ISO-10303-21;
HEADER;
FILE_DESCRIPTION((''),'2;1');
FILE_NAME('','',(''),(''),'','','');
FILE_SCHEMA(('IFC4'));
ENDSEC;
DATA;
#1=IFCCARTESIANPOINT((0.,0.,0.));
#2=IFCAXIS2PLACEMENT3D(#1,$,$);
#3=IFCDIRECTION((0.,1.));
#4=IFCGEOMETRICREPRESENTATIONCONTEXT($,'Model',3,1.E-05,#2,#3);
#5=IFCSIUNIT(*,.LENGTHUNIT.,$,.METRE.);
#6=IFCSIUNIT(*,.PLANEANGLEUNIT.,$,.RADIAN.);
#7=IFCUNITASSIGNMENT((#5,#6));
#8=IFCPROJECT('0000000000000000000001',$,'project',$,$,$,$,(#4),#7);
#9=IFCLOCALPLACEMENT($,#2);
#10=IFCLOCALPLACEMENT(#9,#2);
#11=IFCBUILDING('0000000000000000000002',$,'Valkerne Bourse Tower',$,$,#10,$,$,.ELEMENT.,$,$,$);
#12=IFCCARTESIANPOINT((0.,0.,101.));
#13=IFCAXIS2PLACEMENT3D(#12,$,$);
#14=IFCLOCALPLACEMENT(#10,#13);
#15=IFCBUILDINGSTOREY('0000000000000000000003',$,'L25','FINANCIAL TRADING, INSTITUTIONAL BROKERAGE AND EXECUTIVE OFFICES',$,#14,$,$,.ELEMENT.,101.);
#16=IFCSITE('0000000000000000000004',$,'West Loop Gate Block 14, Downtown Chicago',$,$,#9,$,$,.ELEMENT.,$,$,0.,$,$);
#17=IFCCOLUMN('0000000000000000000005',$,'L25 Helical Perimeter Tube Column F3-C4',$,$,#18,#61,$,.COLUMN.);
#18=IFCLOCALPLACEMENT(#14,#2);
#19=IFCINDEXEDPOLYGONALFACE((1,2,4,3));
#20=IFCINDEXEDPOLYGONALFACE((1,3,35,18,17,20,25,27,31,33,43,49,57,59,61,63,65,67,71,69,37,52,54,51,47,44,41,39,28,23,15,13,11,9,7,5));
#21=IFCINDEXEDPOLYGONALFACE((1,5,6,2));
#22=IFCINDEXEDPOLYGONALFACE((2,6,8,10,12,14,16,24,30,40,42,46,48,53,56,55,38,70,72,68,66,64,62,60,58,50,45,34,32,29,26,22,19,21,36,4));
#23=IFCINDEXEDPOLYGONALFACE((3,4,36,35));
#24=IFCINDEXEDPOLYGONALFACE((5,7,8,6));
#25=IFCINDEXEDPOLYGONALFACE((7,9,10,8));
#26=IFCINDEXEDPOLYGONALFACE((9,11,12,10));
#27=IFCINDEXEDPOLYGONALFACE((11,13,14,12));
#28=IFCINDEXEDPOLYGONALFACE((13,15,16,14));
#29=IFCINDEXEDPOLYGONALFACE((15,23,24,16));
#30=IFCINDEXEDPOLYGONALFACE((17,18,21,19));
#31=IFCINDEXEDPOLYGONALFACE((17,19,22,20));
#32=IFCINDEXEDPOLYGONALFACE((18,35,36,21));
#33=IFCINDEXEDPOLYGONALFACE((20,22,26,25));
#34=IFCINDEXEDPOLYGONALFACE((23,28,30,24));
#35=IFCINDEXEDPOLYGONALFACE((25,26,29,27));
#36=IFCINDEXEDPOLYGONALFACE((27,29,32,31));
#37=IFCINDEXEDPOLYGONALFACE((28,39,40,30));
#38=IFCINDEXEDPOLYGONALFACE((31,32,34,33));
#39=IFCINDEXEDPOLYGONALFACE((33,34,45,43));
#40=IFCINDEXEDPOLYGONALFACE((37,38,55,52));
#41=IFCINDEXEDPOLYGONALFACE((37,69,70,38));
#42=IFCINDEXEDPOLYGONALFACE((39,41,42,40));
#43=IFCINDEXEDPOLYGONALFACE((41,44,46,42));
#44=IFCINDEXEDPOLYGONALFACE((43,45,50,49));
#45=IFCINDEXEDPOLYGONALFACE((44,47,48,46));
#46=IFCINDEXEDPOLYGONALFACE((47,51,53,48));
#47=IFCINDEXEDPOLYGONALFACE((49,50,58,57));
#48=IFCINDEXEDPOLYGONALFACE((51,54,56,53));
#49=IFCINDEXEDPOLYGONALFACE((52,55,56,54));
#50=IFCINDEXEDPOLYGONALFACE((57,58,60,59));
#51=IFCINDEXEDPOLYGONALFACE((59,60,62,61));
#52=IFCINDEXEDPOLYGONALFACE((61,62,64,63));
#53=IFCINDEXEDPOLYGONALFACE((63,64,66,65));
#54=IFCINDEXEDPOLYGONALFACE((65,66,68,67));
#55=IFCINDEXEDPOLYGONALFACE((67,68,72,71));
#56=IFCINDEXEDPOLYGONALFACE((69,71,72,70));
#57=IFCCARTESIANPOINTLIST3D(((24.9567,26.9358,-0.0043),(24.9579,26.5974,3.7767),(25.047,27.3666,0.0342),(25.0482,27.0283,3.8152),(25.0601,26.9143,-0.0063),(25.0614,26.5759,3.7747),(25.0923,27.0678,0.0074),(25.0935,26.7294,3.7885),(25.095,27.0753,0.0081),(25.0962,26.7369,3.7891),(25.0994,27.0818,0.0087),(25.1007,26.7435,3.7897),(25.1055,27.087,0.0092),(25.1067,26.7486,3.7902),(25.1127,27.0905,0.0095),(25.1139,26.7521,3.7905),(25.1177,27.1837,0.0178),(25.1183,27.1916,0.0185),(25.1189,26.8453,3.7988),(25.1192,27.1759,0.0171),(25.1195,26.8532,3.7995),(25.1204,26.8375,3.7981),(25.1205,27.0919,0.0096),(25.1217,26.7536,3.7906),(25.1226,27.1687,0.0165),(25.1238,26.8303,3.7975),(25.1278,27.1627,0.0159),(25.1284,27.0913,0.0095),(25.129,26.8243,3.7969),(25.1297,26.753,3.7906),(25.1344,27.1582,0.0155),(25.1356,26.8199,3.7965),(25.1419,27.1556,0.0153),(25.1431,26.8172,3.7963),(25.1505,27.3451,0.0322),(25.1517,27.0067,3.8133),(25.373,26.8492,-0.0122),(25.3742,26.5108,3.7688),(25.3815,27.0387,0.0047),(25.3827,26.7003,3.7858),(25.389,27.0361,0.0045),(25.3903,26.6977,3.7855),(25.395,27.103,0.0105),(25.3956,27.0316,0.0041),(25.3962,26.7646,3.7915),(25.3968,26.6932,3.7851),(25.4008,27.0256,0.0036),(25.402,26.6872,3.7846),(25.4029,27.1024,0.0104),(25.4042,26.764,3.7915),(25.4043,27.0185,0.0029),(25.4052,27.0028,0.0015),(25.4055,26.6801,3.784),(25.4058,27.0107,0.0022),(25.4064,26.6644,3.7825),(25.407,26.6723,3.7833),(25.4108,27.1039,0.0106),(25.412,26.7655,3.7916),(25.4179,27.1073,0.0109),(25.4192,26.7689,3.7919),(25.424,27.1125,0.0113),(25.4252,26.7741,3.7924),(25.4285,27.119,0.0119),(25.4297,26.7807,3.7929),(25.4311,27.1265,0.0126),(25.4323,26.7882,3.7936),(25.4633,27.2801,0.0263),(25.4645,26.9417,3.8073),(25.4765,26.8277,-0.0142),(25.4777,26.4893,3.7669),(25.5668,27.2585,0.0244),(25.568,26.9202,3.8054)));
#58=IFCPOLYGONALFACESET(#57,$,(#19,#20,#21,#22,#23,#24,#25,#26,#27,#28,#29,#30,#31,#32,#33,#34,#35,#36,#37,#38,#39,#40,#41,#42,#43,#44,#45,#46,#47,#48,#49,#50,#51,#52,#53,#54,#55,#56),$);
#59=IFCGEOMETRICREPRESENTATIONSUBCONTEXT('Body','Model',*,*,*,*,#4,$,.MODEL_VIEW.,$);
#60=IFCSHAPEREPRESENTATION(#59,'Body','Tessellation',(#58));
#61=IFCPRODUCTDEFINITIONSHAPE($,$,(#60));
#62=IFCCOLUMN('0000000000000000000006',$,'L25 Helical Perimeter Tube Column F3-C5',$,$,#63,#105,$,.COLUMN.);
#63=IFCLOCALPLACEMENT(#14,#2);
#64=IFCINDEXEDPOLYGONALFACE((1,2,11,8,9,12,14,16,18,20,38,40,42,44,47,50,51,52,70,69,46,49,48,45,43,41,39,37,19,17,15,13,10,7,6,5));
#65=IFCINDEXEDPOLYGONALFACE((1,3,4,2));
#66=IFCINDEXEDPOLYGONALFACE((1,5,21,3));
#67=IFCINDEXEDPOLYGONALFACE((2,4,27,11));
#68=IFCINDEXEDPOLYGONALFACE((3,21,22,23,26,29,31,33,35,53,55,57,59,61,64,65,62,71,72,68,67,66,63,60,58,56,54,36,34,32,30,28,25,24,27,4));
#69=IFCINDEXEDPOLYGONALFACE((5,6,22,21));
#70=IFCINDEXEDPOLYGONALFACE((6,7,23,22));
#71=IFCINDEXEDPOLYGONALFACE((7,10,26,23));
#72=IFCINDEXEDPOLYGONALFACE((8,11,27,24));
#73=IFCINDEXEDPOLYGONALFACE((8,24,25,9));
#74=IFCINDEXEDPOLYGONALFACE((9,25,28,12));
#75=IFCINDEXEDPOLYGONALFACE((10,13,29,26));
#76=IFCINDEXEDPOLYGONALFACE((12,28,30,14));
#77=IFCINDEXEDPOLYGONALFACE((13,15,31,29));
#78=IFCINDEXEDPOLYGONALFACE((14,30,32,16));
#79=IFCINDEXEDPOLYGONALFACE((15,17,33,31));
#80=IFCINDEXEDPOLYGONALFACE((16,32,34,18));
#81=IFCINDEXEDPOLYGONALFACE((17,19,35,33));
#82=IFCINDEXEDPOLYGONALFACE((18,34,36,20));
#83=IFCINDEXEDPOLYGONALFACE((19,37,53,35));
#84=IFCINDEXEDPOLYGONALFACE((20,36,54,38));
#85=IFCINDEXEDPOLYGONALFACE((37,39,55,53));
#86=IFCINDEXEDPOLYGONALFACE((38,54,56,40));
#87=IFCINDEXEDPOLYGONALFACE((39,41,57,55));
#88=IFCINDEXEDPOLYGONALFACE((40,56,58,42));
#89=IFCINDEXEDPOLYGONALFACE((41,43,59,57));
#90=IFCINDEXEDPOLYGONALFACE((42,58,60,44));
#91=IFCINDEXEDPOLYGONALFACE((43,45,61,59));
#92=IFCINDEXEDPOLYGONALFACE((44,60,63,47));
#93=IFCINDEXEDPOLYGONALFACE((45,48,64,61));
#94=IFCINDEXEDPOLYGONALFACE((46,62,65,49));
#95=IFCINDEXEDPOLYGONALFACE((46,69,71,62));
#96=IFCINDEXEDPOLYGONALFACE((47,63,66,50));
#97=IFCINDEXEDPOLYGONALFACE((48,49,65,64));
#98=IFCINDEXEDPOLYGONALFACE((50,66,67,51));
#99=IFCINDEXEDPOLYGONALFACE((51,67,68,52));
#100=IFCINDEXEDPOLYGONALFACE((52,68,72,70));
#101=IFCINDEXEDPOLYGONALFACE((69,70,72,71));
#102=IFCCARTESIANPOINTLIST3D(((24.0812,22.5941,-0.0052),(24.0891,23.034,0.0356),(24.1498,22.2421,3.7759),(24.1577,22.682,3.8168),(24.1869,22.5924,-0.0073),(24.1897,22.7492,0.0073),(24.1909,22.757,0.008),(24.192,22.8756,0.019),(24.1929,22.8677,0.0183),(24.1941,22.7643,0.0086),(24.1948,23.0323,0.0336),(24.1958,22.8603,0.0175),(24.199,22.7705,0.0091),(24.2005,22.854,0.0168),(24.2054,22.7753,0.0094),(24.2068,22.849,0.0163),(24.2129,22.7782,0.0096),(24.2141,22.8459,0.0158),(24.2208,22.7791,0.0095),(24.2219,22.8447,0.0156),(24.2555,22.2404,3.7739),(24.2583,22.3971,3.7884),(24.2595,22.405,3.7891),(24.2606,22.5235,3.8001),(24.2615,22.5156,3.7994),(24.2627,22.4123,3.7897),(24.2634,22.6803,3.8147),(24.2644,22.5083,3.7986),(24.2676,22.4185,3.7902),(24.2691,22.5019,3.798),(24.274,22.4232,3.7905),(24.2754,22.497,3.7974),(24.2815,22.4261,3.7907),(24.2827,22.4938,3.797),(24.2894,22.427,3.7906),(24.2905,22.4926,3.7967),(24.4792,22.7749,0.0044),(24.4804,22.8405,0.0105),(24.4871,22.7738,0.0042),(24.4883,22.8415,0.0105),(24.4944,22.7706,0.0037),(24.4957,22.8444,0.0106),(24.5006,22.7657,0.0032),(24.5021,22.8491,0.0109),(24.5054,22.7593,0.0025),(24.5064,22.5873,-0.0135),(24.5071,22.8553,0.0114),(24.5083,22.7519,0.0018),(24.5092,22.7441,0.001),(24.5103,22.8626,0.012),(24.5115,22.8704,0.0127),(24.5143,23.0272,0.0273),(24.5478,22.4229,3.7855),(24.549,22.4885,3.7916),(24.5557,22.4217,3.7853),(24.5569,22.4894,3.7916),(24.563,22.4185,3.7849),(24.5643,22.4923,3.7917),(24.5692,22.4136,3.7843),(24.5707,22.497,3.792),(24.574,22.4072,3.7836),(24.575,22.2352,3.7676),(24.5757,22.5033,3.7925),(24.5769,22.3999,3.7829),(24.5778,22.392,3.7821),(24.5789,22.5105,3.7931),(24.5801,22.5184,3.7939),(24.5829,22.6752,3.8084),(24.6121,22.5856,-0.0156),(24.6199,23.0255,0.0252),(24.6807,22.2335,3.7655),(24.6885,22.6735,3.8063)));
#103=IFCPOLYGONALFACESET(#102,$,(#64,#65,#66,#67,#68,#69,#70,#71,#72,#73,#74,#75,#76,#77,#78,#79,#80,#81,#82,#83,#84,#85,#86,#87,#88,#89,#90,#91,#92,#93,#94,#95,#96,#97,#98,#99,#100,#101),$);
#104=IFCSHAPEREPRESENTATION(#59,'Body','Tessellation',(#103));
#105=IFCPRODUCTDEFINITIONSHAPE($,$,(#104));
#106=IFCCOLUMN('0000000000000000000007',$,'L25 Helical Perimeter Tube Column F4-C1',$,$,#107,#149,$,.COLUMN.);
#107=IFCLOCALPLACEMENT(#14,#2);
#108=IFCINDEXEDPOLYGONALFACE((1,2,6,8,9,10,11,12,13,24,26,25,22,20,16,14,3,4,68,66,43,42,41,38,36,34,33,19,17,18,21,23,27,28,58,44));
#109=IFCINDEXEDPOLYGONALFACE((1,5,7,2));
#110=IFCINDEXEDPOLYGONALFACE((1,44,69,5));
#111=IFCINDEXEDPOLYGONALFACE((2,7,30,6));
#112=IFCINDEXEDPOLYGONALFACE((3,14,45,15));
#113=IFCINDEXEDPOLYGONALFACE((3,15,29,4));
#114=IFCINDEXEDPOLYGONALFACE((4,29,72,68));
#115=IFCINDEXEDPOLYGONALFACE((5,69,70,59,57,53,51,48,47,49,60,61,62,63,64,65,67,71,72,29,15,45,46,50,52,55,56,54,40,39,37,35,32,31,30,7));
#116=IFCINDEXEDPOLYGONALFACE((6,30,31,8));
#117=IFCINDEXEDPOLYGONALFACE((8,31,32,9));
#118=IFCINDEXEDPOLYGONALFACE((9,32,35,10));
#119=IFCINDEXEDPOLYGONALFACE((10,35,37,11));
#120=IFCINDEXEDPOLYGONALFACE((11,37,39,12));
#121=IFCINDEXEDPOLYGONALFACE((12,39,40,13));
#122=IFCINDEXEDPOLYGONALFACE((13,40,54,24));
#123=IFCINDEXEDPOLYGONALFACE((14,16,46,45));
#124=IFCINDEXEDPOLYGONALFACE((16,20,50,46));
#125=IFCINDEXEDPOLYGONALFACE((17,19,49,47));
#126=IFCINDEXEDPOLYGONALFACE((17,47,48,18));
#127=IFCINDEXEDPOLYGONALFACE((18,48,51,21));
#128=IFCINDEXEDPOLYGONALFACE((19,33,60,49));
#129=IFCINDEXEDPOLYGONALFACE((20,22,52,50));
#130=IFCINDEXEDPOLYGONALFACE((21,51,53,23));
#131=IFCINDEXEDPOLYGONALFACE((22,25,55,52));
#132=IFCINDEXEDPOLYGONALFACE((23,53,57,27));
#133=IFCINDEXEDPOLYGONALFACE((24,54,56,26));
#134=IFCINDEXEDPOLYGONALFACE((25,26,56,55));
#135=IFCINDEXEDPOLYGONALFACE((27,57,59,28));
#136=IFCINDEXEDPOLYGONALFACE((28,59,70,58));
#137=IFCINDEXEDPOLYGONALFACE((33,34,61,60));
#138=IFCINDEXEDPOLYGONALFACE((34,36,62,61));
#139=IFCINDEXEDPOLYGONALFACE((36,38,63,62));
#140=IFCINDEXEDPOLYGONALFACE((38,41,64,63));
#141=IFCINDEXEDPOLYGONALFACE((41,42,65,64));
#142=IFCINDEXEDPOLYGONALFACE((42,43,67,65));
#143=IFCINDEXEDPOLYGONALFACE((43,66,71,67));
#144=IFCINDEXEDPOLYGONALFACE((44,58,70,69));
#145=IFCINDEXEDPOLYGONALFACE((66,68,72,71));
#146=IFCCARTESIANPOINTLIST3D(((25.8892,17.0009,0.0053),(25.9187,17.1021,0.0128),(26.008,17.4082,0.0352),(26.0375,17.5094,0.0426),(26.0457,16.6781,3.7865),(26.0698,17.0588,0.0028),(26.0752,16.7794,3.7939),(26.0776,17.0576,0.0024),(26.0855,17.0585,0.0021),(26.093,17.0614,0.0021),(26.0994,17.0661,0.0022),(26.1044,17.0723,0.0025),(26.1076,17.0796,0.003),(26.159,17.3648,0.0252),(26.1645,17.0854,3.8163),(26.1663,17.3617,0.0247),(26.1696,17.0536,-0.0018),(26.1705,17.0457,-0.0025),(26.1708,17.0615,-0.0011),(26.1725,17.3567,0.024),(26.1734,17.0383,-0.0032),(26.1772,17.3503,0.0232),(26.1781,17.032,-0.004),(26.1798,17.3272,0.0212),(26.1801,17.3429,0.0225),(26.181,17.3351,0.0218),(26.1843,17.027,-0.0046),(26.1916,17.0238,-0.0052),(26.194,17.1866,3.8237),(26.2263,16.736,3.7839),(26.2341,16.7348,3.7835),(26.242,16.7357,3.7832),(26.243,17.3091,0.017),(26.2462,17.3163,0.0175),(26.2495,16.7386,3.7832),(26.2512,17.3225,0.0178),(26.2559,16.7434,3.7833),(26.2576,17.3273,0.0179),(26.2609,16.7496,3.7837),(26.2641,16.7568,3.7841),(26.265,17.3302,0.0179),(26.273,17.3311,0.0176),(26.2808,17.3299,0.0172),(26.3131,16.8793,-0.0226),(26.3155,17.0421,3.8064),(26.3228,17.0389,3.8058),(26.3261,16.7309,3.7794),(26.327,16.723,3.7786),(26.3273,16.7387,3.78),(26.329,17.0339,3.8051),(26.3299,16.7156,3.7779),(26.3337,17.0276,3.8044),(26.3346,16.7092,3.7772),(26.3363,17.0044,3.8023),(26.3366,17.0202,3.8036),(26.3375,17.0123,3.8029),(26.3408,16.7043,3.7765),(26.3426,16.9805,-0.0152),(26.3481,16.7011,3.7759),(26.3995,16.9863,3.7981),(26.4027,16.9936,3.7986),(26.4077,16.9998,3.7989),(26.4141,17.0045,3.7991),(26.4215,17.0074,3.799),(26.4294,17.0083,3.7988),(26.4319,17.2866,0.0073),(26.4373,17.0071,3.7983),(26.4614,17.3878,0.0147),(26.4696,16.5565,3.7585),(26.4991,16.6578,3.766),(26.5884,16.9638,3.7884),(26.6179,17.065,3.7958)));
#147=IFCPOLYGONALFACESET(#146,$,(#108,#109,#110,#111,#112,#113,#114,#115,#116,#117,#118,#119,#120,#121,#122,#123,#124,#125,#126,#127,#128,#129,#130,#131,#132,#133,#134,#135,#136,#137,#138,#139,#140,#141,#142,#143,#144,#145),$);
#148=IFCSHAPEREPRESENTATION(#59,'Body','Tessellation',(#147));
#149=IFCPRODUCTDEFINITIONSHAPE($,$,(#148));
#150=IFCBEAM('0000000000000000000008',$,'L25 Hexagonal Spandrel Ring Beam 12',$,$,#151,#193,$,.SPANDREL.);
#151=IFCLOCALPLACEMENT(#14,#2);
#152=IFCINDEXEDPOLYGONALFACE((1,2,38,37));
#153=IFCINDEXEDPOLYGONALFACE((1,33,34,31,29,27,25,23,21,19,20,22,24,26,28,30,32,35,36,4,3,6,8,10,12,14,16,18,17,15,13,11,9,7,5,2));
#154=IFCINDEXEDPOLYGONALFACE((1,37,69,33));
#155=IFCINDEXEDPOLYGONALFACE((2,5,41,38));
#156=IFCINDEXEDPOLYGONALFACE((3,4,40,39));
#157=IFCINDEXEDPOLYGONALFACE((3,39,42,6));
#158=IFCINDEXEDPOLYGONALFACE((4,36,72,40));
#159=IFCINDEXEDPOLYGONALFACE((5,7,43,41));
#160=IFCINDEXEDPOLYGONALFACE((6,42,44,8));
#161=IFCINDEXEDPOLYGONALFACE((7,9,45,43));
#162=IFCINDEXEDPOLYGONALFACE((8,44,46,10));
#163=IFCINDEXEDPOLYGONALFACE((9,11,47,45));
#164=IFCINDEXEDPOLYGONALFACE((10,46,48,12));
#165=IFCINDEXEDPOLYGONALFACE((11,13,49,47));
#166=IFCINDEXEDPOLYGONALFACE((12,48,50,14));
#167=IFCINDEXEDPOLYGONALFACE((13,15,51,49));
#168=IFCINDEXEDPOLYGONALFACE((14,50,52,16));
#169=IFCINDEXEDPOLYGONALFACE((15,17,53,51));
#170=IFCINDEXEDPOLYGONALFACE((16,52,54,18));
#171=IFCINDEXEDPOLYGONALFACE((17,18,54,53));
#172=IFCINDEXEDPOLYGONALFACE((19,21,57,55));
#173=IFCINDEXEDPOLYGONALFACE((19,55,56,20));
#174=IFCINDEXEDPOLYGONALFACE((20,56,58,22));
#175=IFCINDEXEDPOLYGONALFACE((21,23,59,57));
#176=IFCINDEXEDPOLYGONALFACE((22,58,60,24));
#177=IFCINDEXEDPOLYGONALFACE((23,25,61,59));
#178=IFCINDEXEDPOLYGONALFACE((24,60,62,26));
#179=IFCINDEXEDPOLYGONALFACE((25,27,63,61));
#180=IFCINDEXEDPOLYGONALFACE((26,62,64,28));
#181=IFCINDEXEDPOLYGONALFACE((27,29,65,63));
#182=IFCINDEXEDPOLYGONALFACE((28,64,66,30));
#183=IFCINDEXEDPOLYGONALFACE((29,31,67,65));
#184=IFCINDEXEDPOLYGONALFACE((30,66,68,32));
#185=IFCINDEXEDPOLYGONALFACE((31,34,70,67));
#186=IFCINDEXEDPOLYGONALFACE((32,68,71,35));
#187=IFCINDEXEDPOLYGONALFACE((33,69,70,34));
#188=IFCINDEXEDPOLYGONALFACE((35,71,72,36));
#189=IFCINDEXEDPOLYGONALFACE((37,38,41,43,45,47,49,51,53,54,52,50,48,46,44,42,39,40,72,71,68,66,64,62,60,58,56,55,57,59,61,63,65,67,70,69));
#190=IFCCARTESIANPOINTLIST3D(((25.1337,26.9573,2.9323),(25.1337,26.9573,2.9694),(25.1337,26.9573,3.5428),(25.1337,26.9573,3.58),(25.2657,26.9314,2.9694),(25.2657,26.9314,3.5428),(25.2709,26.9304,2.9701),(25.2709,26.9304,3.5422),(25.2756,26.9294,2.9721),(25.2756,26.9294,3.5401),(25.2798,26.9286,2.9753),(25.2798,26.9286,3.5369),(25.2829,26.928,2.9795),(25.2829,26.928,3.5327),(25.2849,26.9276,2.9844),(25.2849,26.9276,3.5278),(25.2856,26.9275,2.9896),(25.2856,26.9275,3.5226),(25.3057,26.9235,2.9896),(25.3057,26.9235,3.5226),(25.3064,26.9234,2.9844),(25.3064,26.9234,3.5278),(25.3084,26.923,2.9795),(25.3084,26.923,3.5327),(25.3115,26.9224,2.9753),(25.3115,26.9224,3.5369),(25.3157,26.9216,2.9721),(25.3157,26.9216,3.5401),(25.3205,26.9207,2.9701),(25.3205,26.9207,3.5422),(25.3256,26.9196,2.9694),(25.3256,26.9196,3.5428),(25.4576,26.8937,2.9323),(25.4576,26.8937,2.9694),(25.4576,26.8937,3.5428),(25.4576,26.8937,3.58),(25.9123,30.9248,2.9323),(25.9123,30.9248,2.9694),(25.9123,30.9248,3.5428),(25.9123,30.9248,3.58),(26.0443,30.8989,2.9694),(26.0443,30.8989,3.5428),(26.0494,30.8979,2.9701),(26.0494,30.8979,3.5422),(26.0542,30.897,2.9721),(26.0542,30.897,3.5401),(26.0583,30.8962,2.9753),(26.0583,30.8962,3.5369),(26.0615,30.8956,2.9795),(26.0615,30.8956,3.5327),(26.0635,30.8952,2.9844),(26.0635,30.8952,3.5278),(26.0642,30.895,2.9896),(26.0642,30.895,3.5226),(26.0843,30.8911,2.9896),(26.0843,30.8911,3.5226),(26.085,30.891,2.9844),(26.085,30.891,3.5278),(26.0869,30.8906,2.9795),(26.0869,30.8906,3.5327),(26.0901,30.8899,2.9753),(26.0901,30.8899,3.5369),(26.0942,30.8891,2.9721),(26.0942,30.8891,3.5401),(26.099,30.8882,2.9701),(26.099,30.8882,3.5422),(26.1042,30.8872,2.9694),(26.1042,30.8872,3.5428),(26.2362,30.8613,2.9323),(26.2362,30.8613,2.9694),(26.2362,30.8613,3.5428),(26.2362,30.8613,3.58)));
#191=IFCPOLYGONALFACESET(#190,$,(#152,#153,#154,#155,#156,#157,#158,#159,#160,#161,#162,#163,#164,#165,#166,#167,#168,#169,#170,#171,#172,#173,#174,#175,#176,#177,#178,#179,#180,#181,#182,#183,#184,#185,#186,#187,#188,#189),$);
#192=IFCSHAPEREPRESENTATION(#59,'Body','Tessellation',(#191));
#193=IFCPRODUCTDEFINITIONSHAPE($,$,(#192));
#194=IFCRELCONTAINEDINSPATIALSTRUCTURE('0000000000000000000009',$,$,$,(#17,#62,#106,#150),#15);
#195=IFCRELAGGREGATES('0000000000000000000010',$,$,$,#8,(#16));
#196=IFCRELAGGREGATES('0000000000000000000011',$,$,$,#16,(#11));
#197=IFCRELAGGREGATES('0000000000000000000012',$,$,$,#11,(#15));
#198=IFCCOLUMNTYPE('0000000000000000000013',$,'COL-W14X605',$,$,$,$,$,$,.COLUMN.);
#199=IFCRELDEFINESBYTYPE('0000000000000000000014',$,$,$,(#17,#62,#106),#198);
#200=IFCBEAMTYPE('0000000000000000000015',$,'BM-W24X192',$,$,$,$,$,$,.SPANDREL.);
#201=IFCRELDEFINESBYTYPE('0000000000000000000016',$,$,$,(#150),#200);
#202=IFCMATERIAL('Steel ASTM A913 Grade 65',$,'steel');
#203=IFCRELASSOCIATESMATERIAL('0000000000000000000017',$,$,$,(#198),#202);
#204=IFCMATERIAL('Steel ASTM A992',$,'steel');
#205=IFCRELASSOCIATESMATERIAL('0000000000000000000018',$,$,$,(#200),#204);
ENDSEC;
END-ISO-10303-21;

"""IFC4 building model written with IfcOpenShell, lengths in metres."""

from ifc_helpers import new_model, si_unit, direction, frame, origin, origin_2d, place, context, subcontext, project, spatial, i_section, extrude, material, material_profile, profile_set, type_object, element, save


model = new_model("IFC4")

# Units and contexts
model_context = context("Model", 3, precision=1e-05, world=origin(), true_north=direction((0.0, 1.0)))
body_context = subcontext(model_context, "Body", "Model", "MODEL_VIEW")
ifc_project = project(units=[si_unit("LENGTHUNIT", "METRE"), si_unit("PLANEANGLEUNIT", "RADIAN")], contexts=[model_context])

# Site, building, storey
site_placement = place(None, origin())
site = spatial("IfcSite", under=ifc_project, at=site_placement, Name="West Loop Gate Block 14, Downtown Chicago", CompositionType="ELEMENT", RefElevation=0.0)
building_placement = place(site_placement, origin())
building = spatial("IfcBuilding", under=site, at=building_placement, Name="Valkerne Bourse Tower", CompositionType="ELEMENT")
storey_placement = place(building_placement, frame((0.0, 0.0, 101.0)))
storey = spatial("IfcBuildingStorey", under=building, at=storey_placement, Name="L25", Description="FINANCIAL TRADING, INSTITUTIONAL BROKERAGE AND EXECUTIVE OFFICES", CompositionType="ELEMENT", Elevation=101.0)

# Columns
ifc_material_1 = material(Name="Steel ASTM A913 Grade 65", Category="steel")
ifc_material_profile_1 = material_profile(ifc_material_1, i_section(OverallWidth=0.4419, OverallDepth=0.531, WebThickness=0.0659, FlangeThickness=0.1057, FilletRadius=0.0305, at=origin_2d()), Name="W14X605")
ifc_profile_set_1 = profile_set([ifc_material_profile_1], Name="Steel ASTM A913 Grade 65")
column_type = type_object("IfcColumnType", Name="COL-W14X605", PredefinedType="COLUMN", material=ifc_profile_set_1)
column_placement = place(storey_placement, frame((25.2617, 27.0972, 0.01), z_axis=(0.000322, -0.089138, 0.996019), x_axis=(-0.204396, -0.974998, -0.087191)))
element("IfcColumn", 1, at=column_placement, inside=storey, type_object=column_type, Name="L25 Helical Perimeter Tube Column F3-C4", PredefinedType="COLUMN", context=body_context, shape_type="SweptSolid", body=[
    extrude(i_section(OverallWidth=0.4419, OverallDepth=0.531, WebThickness=0.0659, FlangeThickness=0.1057, FilletRadius=0.0305, at=origin_2d()), origin(), (0.0, 0.0, 1.0), 3.7961),
])
for number, where, z_axis, x_axis, name in (
    (2, (24.3506, 22.8098, 0.01), (0.018063, -0.092694, 0.995531), (-0.017819, -0.995565, -0.092374), "L25 Helical Perimeter Tube Column F3-C5"),
    (3, (26.1753, 17.1943, 0.01), (0.041205, -0.08498, 0.99553), (0.959316, -0.27517, -0.063195), "L25 Helical Perimeter Tube Column F4-C1"),
):
    element("IfcColumn", number, at=place(storey_placement, frame(where, z_axis=z_axis, x_axis=x_axis)), inside=storey, type_object=column_type, Name=name, PredefinedType="COLUMN", context=body_context, shape_type="SweptSolid", body=[
        extrude(i_section(OverallWidth=0.4419, OverallDepth=0.531, WebThickness=0.0659, FlangeThickness=0.1057, FilletRadius=0.0305, at=origin_2d()), origin(), (0.0, 0.0, 1.0), 3.7981),
    ])

# Beam
ifc_material_2 = material(Name="Steel ASTM A992", Category="steel")
ifc_material_profile_2 = material_profile(ifc_material_2, i_section(OverallWidth=0.3301, OverallDepth=0.6477, WebThickness=0.0205, FlangeThickness=0.0371, FilletRadius=0.0203, at=origin_2d()), Name="W24X192")
ifc_profile_set_2 = profile_set([ifc_material_profile_2], Name="Steel ASTM A992")
beam_type_1 = type_object("IfcBeamType", Name="BM-W24X192", PredefinedType="SPANDREL", material=ifc_profile_set_2)
for number, where, z_axis, x_axis, name in (
    (4, (26.0742, 30.8931, 3.2561), (-0.192562, -0.981285, 0.0), (0.981285, -0.192562, 0.0), "L25 Hexagonal Spandrel Ring Beam 12"),
):
    element("IfcBeam", number, at=place(storey_placement, frame(where, z_axis=z_axis, x_axis=x_axis)), inside=storey, type_object=beam_type_1, Name=name, PredefinedType="SPANDREL", context=body_context, shape_type="SweptSolid", body=[
        extrude(i_section(OverallWidth=0.3301, OverallDepth=0.6477, WebThickness=0.0205, FlangeThickness=0.0371, FilletRadius=0.0203, at=origin_2d()), origin(), (0.0, 0.0, 1.0), 4.0432),
    ])

save(model, "model.ifc")
